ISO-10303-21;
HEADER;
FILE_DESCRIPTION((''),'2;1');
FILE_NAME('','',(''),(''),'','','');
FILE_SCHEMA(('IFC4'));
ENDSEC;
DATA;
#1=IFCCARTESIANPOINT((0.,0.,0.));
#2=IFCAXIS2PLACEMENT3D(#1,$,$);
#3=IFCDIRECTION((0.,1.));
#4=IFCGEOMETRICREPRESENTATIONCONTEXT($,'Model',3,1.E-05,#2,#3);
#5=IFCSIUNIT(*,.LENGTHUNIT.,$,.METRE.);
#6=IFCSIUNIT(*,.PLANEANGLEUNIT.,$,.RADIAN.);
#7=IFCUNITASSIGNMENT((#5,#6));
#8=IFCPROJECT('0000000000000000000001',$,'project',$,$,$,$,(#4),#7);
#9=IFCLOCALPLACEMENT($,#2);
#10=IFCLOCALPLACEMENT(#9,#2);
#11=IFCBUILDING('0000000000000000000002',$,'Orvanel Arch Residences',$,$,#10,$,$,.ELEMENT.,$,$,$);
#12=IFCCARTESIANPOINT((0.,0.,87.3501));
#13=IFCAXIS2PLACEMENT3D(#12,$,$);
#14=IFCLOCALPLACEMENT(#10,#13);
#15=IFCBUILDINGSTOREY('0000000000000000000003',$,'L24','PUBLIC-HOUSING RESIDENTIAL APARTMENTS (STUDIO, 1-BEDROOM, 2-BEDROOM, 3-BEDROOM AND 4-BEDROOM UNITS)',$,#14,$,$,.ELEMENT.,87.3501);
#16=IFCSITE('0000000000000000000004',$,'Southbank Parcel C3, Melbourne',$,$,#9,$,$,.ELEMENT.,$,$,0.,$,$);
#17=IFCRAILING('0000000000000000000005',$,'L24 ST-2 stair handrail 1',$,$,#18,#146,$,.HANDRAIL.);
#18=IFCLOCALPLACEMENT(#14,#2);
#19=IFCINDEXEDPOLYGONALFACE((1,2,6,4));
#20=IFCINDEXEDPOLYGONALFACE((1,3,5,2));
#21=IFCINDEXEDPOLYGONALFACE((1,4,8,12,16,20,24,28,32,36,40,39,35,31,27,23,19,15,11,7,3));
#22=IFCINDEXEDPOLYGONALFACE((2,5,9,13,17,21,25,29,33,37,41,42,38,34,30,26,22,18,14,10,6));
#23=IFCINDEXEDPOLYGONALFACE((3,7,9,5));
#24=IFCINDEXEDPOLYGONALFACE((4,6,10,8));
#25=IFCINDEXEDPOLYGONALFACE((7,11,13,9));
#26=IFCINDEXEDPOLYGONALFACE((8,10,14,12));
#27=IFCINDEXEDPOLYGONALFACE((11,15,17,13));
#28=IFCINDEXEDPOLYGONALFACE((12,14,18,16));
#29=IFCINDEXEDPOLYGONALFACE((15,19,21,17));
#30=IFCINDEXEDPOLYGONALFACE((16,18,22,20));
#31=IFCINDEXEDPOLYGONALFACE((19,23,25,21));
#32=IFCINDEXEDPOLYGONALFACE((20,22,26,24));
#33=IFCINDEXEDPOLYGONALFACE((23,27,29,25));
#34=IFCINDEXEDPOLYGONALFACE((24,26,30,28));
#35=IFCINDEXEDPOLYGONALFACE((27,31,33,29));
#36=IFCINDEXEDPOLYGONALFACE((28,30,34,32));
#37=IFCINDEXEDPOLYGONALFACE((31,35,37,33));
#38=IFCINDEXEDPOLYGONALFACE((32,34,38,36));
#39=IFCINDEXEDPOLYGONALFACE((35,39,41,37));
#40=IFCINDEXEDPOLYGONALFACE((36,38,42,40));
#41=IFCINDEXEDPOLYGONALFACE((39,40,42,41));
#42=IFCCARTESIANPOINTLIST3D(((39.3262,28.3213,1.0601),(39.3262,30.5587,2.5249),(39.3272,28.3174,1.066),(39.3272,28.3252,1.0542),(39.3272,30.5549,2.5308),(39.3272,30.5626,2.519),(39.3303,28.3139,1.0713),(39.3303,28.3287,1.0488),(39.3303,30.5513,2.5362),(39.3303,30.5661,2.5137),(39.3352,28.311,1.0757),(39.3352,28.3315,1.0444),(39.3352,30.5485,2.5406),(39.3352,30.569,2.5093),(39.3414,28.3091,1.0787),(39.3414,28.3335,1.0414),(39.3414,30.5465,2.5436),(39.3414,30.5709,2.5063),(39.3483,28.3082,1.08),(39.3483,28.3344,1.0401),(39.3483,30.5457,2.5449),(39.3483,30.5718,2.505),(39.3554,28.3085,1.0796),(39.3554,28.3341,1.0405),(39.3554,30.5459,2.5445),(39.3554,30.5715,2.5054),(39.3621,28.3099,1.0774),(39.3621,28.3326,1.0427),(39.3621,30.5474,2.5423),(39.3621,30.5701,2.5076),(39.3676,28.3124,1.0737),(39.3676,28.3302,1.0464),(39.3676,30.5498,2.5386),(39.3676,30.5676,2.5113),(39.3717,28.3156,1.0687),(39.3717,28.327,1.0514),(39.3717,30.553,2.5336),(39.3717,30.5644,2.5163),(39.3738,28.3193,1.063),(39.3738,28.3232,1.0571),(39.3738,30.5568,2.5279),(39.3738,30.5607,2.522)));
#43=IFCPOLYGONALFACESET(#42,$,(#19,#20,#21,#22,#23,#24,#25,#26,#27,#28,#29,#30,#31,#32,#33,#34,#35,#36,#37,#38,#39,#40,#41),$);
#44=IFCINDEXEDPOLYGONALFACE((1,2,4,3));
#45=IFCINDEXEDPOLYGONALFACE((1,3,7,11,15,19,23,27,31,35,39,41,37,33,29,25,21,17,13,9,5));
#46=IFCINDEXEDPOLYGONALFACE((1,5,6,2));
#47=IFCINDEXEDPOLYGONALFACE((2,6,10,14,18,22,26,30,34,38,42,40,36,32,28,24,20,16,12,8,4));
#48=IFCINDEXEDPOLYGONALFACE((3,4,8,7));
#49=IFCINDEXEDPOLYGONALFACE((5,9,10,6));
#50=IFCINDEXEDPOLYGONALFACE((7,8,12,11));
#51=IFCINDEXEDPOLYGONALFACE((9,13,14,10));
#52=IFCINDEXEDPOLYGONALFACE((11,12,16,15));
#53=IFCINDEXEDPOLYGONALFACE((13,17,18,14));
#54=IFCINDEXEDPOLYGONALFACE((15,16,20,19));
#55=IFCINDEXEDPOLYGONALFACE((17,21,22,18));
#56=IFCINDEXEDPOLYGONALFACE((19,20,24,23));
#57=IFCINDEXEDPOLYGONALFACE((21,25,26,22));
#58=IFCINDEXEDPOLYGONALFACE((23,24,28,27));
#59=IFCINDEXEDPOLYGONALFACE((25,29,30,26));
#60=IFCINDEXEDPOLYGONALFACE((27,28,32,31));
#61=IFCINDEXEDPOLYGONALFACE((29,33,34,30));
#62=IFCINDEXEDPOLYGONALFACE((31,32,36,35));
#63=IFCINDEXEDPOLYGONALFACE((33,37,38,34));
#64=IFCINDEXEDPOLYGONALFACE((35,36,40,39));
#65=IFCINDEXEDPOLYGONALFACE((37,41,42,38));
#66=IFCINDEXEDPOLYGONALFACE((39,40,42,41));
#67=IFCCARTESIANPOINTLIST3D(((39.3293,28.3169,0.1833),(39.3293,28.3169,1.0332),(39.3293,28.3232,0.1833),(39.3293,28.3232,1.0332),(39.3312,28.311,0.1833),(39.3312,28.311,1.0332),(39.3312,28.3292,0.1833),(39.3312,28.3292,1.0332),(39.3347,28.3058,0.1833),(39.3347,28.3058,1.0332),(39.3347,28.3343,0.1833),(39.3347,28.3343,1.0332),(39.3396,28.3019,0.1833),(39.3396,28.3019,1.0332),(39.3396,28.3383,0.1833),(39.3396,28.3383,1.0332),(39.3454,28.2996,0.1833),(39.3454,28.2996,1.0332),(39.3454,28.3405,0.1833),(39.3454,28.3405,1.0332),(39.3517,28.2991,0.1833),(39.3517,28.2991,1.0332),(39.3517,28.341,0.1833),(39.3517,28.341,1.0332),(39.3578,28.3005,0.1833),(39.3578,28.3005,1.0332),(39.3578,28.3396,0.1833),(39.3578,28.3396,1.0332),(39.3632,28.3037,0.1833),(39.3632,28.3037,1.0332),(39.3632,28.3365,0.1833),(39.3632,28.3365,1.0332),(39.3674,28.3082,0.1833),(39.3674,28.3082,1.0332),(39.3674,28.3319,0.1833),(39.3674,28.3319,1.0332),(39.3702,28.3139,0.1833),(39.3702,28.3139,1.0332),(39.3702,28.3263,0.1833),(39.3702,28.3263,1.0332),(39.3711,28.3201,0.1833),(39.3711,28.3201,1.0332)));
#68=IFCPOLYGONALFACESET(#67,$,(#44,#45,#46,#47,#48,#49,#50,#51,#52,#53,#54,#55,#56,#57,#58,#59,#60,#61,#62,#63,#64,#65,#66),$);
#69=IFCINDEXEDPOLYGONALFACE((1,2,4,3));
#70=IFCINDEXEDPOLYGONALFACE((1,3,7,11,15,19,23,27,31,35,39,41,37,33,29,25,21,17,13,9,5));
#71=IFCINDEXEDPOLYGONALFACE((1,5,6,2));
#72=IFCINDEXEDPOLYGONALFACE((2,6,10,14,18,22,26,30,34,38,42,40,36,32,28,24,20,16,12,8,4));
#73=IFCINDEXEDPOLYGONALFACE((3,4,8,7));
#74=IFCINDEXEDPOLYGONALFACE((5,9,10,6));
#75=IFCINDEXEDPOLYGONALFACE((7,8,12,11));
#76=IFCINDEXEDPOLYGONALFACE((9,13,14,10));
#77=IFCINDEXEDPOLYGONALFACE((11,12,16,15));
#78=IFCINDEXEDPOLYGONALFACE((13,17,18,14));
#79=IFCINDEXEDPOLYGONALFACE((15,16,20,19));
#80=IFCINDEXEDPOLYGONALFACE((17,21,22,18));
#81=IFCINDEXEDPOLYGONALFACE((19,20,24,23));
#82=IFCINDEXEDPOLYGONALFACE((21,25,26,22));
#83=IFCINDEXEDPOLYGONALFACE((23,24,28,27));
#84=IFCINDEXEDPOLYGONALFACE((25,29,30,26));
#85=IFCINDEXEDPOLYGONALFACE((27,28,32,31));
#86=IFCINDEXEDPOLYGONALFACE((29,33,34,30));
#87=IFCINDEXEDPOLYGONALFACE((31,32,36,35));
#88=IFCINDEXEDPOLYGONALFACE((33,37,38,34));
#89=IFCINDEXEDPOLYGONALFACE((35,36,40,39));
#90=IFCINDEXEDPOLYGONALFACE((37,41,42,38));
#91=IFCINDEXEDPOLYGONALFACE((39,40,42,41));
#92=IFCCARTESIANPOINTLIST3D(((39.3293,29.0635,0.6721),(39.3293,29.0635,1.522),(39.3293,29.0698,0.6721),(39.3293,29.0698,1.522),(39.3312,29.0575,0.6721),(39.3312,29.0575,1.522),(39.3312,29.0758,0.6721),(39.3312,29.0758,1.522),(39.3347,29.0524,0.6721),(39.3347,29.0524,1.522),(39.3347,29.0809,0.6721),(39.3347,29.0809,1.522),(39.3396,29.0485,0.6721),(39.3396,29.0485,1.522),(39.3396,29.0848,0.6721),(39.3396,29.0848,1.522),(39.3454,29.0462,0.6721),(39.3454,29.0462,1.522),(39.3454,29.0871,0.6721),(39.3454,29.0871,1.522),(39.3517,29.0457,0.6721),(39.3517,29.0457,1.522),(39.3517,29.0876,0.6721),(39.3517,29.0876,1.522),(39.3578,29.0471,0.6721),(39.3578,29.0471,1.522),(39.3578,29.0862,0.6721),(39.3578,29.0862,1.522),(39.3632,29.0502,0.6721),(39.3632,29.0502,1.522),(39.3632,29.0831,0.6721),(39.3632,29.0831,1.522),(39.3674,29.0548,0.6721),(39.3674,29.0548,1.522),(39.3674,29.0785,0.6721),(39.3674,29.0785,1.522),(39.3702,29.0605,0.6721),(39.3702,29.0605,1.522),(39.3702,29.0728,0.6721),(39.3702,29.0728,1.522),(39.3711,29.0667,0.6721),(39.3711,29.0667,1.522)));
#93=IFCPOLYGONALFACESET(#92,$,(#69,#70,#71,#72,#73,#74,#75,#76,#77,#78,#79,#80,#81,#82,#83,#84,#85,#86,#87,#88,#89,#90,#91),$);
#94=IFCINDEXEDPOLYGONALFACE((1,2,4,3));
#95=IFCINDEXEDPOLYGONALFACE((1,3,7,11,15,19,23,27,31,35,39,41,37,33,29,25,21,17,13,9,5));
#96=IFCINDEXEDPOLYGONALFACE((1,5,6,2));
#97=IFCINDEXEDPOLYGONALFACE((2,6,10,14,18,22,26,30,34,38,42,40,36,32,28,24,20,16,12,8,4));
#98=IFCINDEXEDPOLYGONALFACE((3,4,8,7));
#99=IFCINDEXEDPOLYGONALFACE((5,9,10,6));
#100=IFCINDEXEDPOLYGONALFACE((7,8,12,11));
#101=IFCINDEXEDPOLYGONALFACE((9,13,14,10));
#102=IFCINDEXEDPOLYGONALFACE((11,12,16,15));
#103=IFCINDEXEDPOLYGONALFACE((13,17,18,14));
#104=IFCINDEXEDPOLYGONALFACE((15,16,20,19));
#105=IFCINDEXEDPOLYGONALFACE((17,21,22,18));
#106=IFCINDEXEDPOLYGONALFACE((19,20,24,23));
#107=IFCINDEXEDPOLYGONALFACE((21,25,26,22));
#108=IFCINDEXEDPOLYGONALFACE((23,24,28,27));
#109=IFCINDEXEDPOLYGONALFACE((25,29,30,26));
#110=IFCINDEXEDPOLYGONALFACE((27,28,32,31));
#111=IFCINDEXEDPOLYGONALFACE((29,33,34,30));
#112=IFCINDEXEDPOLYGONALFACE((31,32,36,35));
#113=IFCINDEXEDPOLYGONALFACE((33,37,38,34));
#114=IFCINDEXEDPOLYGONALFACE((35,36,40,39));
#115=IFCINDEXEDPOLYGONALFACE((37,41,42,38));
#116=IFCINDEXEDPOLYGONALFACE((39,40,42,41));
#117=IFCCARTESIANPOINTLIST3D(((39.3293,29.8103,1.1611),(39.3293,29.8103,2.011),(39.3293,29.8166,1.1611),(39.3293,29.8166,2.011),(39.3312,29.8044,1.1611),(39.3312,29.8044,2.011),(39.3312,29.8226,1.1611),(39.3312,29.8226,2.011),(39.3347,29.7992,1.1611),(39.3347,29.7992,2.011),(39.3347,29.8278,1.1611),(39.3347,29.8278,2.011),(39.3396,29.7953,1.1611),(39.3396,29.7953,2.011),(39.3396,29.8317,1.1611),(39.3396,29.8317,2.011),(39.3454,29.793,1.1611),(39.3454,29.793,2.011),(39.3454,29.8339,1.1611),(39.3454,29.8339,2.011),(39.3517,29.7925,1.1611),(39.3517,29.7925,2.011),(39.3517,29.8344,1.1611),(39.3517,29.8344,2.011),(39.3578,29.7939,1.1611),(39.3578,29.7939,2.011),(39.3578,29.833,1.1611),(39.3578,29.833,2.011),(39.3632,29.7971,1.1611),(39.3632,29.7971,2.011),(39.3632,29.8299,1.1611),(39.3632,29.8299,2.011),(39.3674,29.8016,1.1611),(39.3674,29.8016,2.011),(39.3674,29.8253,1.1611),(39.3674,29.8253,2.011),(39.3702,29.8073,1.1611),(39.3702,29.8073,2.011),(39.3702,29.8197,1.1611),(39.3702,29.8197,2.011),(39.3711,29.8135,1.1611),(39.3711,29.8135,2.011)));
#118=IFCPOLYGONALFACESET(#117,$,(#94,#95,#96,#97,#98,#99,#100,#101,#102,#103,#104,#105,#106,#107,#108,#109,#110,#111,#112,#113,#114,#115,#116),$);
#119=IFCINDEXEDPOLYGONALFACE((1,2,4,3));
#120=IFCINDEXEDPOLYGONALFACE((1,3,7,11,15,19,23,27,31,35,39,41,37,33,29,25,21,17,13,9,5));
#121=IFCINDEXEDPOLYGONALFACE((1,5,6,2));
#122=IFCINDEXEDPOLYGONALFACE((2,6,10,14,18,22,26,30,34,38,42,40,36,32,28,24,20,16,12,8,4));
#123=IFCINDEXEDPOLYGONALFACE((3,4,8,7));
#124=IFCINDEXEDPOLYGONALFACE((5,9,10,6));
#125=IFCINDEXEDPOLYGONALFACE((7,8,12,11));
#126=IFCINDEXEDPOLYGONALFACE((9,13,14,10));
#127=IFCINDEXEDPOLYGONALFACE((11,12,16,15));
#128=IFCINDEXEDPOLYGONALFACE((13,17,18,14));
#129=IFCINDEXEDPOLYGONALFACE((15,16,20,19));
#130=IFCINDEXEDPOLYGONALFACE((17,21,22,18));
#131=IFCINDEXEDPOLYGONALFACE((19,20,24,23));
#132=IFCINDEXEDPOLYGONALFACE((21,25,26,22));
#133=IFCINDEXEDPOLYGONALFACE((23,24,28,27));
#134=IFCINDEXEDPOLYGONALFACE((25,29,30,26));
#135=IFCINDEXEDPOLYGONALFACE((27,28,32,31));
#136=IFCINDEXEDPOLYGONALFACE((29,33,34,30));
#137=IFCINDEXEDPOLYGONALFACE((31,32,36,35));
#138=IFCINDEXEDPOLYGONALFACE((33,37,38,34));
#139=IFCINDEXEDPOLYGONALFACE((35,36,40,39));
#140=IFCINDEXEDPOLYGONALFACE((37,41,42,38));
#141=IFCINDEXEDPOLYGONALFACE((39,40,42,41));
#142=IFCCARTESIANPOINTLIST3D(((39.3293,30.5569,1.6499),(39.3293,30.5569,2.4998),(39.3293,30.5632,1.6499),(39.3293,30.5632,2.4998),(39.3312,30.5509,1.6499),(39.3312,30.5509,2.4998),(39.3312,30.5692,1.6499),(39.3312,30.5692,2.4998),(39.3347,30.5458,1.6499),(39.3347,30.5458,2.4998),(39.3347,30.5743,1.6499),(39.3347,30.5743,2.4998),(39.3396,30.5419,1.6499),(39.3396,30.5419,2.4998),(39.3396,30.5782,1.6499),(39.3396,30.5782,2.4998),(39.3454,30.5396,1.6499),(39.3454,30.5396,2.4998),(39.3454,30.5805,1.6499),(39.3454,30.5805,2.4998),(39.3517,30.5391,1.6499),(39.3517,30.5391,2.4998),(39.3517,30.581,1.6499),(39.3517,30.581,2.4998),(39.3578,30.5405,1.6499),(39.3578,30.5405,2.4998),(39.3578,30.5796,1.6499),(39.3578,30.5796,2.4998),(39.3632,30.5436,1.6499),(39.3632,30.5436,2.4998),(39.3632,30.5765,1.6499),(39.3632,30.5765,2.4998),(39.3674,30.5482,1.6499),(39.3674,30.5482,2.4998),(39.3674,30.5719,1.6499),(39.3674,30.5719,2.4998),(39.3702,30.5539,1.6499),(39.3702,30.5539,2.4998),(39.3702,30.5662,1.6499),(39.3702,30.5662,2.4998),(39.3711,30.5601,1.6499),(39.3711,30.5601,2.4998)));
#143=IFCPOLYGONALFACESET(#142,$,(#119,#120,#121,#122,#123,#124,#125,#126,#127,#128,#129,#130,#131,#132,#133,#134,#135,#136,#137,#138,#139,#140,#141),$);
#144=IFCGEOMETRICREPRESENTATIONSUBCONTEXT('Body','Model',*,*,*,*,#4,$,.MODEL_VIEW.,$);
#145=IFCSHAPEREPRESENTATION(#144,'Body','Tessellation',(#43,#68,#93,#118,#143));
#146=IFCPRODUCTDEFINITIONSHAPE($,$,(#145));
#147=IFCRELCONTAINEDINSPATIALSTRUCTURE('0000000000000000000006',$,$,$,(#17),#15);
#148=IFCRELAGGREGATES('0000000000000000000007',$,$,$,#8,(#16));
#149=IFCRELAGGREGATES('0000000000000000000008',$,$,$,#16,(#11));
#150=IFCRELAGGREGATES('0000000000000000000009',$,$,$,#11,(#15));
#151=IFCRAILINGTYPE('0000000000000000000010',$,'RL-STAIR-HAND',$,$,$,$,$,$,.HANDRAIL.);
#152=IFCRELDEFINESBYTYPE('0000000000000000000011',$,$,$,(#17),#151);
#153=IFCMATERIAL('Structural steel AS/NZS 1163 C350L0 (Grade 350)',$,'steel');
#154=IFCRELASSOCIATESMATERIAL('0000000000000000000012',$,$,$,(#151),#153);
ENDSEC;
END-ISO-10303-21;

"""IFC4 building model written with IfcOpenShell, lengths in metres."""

from ifc_helpers import new_model, si_unit, direction, frame, origin, origin_2d, place, context, subcontext, project, spatial, circle, extrude, material, type_object, element, save


model = new_model("IFC4")

# Units and contexts
model_context = context("Model", 3, precision=1e-05, world=origin(), true_north=direction((0.0, 1.0)))
body_context = subcontext(model_context, "Body", "Model", "MODEL_VIEW")
ifc_project = project(units=[si_unit("LENGTHUNIT", "METRE"), si_unit("PLANEANGLEUNIT", "RADIAN")], contexts=[model_context])

# Site, building, storey
site_placement = place(None, origin())
site = spatial("IfcSite", under=ifc_project, at=site_placement, Name="Southbank Parcel C3, Melbourne", CompositionType="ELEMENT", RefElevation=0.0)
building_placement = place(site_placement, origin())
building = spatial("IfcBuilding", under=site, at=building_placement, Name="Orvanel Arch Residences", CompositionType="ELEMENT")
storey_placement = place(building_placement, frame((0.0, 0.0, 87.3501)))
storey = spatial("IfcBuildingStorey", under=building, at=storey_placement, Name="L24", Description="PUBLIC-HOUSING RESIDENTIAL APARTMENTS (STUDIO, 1-BEDROOM, 2-BEDROOM, 3-BEDROOM AND 4-BEDROOM UNITS)", CompositionType="ELEMENT", Elevation=87.3501)

# Railing
ifc_material_1 = material(Name="Structural steel AS/NZS 1163 C350L0 (Grade 350)", Category="steel")
railing_type_1 = type_object("IfcRailingType", Name="RL-STAIR-HAND", PredefinedType="HANDRAIL", material=ifc_material_1)
railing_1_placement = place(storey_placement, frame((39.3501, 28.3201, 0.1833)))
element("IfcRailing", 1, at=railing_1_placement, inside=storey, type_object=railing_type_1, Name="L24 ST-2 stair handrail 1", PredefinedType="HANDRAIL", context=body_context, shape_type="SweptSolid", body=[
    extrude(circle(Radius=0.0239, at=origin_2d()), frame((0.0, 0.0012, 0.8767), z_axis=(0.0, 0.836637, 0.547758), x_axis=(-1.0, 0.0, 0.0)), (0.0, 0.0, 1.0), 2.6743),
    extrude(circle(Radius=0.021, at=origin_2d()), origin(), (0.0, 0.0, 1.0), 0.8499),
    extrude(circle(Radius=0.021, at=origin_2d()), frame((0.0, 0.7466, 0.4888)), (0.0, 0.0, 1.0), 0.8499),
    extrude(circle(Radius=0.021, at=origin_2d()), frame((0.0, 1.4934, 0.9778)), (0.0, 0.0, 1.0), 0.8499),
    extrude(circle(Radius=0.021, at=origin_2d()), frame((0.0, 2.24, 1.4666)), (0.0, 0.0, 1.0), 0.8499),
])

save(model, "model.ifc")
